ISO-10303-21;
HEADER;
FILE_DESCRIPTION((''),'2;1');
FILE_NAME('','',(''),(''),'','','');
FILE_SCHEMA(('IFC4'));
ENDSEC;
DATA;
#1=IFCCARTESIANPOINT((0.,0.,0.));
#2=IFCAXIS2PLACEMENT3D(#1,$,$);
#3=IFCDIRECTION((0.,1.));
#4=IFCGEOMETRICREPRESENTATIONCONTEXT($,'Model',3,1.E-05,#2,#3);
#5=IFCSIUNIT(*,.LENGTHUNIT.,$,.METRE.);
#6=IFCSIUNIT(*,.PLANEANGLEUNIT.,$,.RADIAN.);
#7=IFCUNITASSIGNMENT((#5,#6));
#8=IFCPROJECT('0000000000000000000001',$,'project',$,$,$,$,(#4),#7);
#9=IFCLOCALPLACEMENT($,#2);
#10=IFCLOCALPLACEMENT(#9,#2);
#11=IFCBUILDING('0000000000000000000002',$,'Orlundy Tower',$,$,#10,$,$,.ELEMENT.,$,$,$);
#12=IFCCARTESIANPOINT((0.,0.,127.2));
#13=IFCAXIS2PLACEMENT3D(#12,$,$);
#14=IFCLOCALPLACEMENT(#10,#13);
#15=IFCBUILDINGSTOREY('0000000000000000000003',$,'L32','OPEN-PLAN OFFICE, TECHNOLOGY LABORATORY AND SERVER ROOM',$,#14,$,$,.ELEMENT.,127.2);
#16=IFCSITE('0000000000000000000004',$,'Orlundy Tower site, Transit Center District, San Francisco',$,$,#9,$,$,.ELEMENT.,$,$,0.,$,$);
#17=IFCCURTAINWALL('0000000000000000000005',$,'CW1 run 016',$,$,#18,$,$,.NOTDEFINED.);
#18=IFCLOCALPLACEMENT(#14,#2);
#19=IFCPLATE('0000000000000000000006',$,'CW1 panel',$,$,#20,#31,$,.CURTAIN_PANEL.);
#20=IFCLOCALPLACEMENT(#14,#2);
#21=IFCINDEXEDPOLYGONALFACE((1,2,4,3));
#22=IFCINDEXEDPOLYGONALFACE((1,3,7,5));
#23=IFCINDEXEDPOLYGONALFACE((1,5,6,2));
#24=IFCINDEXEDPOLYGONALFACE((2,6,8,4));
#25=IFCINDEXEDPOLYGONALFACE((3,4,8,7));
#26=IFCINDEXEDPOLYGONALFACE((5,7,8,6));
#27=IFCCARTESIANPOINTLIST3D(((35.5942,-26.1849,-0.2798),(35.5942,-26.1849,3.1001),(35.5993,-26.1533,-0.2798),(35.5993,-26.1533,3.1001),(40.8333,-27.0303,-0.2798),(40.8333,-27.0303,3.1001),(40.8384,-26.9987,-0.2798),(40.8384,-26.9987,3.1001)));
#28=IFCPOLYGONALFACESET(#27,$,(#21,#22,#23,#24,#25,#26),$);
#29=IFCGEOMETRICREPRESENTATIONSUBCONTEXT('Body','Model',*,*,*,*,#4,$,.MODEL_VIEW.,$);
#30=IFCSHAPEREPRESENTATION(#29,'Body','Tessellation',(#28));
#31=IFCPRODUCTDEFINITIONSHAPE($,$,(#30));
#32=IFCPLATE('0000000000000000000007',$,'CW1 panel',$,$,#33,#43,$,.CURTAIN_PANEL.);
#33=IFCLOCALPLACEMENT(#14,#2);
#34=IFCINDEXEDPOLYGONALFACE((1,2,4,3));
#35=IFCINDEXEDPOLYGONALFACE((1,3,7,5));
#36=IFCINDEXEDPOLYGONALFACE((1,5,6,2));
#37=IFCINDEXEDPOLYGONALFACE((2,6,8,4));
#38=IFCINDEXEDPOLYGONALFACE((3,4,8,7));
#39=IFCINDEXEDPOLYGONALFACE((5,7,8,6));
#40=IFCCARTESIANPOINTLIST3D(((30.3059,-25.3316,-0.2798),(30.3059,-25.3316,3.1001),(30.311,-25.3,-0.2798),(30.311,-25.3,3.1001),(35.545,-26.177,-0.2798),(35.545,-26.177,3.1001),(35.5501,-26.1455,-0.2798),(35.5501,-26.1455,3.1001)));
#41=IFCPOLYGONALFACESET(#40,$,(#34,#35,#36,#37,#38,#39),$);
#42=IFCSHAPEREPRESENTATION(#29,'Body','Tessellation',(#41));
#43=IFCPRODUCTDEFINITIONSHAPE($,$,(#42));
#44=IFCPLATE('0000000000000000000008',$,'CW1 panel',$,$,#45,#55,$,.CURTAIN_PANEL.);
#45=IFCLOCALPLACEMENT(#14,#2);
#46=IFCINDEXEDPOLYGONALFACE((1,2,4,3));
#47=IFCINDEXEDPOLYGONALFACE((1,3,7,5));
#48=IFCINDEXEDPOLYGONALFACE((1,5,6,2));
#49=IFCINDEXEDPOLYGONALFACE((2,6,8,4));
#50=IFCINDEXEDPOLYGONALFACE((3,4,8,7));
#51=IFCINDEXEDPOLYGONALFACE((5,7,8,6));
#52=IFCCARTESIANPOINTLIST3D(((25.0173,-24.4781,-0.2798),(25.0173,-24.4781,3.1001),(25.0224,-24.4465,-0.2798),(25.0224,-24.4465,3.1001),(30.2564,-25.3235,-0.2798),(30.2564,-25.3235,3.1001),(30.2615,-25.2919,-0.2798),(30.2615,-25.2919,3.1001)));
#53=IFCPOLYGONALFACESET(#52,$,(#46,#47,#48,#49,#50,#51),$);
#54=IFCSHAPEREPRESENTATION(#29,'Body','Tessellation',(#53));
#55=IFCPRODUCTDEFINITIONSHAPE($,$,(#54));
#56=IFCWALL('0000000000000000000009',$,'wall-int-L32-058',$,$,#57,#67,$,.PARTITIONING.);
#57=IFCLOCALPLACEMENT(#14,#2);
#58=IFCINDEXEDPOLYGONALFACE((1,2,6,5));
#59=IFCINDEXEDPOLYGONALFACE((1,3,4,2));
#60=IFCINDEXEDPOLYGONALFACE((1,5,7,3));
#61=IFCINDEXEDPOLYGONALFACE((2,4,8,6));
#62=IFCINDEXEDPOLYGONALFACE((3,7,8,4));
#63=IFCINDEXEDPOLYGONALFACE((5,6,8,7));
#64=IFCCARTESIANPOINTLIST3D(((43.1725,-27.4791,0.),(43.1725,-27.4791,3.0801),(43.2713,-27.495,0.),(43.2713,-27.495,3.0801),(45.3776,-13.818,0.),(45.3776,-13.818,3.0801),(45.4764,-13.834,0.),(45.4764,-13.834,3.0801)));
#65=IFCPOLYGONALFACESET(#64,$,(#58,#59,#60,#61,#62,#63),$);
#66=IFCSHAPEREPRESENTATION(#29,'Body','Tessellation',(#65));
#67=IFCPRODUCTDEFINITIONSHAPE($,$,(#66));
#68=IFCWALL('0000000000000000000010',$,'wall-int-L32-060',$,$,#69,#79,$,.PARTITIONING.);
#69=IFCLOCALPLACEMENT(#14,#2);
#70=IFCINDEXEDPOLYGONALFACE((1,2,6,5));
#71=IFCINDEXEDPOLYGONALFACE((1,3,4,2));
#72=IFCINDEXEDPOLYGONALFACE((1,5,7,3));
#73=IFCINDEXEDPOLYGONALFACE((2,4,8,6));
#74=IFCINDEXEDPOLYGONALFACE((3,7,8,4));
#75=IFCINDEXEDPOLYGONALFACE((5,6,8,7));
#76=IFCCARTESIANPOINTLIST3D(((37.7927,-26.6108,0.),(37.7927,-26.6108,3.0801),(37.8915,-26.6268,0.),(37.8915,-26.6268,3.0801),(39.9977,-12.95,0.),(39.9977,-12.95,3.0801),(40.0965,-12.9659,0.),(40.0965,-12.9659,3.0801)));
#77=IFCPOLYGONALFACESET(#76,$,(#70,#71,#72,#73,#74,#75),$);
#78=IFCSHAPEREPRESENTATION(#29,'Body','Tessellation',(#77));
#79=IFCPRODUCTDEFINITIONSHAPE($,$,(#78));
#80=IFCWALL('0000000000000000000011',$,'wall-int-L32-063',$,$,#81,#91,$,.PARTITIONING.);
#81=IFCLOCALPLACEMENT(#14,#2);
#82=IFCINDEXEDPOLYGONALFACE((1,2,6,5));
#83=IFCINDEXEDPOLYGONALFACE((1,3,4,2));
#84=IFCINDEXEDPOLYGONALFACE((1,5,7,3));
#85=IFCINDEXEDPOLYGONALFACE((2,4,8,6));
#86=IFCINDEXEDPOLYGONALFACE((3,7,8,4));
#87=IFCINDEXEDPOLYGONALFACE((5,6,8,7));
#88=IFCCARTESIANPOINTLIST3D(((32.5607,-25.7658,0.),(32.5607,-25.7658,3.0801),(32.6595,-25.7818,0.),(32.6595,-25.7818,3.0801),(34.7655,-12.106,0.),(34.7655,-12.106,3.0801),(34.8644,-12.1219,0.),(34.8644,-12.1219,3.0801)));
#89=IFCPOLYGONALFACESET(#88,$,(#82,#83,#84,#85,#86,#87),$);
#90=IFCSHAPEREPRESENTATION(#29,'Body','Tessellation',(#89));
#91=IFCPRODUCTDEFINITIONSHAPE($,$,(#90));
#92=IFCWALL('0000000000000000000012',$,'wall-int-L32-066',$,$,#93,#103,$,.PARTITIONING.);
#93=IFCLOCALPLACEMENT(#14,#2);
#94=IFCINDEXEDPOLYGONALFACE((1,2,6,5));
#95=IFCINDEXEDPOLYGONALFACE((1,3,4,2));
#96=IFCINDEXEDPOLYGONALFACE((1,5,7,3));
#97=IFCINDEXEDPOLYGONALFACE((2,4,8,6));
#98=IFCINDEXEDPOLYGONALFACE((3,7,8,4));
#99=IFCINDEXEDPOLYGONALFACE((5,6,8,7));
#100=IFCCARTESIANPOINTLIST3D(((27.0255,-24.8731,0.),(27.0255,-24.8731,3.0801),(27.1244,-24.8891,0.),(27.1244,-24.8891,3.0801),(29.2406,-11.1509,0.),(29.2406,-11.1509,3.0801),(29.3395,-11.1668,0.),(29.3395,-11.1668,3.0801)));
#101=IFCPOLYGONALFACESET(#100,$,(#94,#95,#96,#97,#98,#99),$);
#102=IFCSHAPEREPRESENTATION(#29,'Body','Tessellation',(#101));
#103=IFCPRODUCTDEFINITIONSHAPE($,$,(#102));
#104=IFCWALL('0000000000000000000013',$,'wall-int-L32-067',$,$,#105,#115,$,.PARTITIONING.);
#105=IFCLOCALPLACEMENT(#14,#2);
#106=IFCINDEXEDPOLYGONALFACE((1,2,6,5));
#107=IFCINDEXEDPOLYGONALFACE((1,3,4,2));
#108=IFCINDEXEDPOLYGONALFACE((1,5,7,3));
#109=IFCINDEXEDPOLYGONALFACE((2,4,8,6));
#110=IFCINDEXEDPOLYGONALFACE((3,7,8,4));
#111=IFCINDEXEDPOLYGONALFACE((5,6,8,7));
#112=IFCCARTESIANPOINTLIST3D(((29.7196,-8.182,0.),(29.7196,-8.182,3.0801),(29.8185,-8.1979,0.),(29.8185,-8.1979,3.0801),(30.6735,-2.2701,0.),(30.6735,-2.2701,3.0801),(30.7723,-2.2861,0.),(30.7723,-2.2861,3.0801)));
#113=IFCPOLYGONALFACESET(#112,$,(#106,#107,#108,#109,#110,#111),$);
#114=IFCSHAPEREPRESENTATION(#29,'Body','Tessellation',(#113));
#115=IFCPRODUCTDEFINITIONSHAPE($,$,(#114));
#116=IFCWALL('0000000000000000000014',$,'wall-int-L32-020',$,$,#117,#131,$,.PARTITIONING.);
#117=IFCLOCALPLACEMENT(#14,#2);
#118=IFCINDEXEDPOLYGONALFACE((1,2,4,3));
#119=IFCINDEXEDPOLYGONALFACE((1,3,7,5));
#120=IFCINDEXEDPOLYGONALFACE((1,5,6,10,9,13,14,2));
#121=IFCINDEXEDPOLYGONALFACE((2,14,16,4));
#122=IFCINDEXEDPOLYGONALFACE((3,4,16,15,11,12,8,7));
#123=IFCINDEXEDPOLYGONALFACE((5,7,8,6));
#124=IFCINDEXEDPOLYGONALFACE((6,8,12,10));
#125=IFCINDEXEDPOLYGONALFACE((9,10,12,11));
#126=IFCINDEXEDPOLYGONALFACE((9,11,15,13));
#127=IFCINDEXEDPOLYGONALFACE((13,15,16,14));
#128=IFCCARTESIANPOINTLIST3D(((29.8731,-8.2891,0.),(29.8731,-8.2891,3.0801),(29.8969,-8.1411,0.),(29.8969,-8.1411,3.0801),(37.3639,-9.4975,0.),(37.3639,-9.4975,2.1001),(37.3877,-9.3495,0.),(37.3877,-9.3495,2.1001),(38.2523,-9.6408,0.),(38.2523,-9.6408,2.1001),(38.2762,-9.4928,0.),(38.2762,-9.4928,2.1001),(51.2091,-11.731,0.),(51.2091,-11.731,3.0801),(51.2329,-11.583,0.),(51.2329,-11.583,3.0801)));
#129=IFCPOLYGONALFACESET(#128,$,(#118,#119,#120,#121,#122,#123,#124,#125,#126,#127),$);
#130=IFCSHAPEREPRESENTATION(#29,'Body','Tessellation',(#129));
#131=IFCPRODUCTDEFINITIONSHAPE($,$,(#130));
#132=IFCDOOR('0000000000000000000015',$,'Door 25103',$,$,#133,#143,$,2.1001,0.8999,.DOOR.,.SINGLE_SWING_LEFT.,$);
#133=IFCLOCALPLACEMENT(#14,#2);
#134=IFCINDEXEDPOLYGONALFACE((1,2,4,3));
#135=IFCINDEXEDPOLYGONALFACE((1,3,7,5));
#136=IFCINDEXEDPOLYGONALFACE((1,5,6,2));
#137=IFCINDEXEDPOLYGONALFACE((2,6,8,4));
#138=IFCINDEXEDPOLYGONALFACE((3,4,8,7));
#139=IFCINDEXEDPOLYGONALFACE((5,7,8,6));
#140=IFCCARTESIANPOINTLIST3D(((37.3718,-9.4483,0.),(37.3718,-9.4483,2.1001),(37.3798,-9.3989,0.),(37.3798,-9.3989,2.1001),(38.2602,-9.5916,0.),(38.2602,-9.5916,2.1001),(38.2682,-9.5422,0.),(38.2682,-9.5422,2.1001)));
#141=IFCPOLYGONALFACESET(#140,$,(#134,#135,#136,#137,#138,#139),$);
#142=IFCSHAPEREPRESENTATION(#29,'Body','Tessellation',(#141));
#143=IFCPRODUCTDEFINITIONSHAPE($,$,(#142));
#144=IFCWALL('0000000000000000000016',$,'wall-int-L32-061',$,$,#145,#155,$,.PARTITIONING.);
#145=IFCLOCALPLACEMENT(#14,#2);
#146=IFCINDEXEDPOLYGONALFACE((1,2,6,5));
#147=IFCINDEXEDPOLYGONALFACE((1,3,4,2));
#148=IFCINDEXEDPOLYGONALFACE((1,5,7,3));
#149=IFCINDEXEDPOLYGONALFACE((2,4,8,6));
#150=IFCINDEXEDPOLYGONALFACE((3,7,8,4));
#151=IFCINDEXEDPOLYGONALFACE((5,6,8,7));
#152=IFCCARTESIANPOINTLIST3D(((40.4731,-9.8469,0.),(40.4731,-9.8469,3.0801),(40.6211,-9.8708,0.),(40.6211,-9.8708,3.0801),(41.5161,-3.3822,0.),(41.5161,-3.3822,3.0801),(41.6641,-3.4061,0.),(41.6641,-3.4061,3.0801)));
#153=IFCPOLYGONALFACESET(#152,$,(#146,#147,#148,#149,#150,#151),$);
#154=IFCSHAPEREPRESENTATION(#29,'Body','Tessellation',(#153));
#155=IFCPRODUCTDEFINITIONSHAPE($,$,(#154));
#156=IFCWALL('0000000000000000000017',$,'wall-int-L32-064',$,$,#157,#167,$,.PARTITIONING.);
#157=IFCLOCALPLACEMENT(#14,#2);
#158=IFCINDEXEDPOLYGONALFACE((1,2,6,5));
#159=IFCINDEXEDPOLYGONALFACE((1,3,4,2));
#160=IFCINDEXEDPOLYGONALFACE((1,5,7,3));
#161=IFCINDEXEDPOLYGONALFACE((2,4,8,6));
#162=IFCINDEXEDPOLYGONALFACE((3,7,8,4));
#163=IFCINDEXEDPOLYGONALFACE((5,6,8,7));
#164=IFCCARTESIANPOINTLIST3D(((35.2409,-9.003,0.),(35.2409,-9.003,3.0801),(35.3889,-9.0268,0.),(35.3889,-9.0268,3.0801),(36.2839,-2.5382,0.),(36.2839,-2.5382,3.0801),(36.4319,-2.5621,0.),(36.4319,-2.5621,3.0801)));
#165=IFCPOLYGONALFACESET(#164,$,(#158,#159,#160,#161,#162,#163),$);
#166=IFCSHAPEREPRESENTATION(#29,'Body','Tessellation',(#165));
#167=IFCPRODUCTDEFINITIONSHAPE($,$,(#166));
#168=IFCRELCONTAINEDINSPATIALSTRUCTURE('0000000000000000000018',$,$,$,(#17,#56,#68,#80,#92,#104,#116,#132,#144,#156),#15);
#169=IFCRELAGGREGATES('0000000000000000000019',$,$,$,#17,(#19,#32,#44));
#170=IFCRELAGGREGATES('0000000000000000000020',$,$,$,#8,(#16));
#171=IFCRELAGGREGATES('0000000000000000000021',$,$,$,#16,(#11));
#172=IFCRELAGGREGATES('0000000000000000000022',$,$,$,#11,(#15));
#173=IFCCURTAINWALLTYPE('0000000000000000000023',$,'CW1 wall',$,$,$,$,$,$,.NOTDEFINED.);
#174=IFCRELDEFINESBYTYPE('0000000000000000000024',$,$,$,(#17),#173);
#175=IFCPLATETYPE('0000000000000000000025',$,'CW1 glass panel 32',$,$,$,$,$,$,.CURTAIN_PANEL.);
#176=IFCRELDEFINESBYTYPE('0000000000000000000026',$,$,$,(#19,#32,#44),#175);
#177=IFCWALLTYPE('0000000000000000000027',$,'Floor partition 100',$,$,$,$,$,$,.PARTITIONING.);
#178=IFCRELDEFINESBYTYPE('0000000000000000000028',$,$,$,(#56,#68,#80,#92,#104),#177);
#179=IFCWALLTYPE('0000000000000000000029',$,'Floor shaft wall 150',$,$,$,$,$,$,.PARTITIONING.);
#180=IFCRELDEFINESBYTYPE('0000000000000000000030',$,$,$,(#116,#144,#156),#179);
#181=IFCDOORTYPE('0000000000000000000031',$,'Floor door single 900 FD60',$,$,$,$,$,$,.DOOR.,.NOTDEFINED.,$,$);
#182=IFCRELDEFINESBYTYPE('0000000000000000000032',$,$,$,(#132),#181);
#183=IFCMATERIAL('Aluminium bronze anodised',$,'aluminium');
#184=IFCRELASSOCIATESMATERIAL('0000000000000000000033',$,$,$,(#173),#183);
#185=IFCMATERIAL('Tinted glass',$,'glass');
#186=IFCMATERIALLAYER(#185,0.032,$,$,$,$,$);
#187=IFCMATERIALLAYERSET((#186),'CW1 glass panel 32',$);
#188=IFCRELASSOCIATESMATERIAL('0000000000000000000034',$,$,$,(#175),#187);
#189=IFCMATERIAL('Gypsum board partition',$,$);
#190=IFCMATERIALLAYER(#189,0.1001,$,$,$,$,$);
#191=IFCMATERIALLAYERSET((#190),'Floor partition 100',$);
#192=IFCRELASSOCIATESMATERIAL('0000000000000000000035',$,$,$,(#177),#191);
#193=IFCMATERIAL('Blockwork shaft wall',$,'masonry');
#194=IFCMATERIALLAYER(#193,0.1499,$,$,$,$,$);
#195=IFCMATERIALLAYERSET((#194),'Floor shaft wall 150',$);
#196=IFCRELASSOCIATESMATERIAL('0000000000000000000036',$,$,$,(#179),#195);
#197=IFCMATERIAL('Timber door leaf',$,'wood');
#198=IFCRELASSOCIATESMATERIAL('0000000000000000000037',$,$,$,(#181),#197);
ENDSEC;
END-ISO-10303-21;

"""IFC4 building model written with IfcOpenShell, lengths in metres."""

from ifc_helpers import new_model, si_unit, direction, frame, frame_2d, origin, origin_2d, place, context, subcontext, project, spatial, rectangle, extrude, material, layer, layer_set, type_object, element, fill, aggregate, save


model = new_model("IFC4")

# Units and contexts
model_context = context("Model", 3, precision=1e-05, world=origin(), true_north=direction((0.0, 1.0)))
body_context = subcontext(model_context, "Body", "Model", "MODEL_VIEW")
ifc_project = project(units=[si_unit("LENGTHUNIT", "METRE"), si_unit("PLANEANGLEUNIT", "RADIAN")], contexts=[model_context])

# Site, building, storey
site_placement = place(None, origin())
site = spatial("IfcSite", under=ifc_project, at=site_placement, Name="Orlundy Tower site, Transit Center District, San Francisco", CompositionType="ELEMENT", RefElevation=0.0)
building_placement = place(site_placement, origin())
building = spatial("IfcBuilding", under=site, at=building_placement, Name="Orlundy Tower", CompositionType="ELEMENT")
storey_placement = place(building_placement, frame((0.0, 0.0, 127.2)))
storey = spatial("IfcBuildingStorey", under=building, at=storey_placement, Name="L32", Description="OPEN-PLAN OFFICE, TECHNOLOGY LABORATORY AND SERVER ROOM", CompositionType="ELEMENT", Elevation=127.2)

# Curtain wall
ifc_material_1 = material(Name="Aluminium bronze anodised", Category="aluminium")
curtain_wall_type = type_object("IfcCurtainWallType", Name="CW1 wall", PredefinedType="NOTDEFINED", material=ifc_material_1)
curtain_wall_1_placement = place(storey_placement, origin())
curtain_wall_1 = element("IfcCurtainWall", 1, at=curtain_wall_1_placement, inside=storey, type_object=curtain_wall_type, Name="CW1 run 016", PredefinedType="NOTDEFINED")

# Shared definitions
ifc_material_2 = material(Name="Tinted glass", Category="glass")
ifc_layer_1 = layer(ifc_material_2, 0.032)
ifc_layer_set_1 = layer_set([ifc_layer_1], Name="CW1 glass panel 32")
plate_type = type_object("IfcPlateType", Name="CW1 glass panel 32", PredefinedType="CURTAIN_PANEL", material=ifc_layer_set_1)

# Plates
plate_1_placement = place(storey_placement, frame((38.2163, -26.5918, -0.2798), z_axis=(0.0, 0.0, 1.0), x_axis=(-0.987228, 0.159311, 0.0)))
plate_1 = element("IfcPlate", 2, at=plate_1_placement, type_object=plate_type, Name="CW1 panel", PredefinedType="CURTAIN_PANEL", context=body_context, shape_type="SweptSolid", body=[
    extrude(rectangle(XDim=5.3069, YDim=0.032, at=origin_2d()), origin(), (0.0, 0.0, 1.0), 3.3799),
])
plate_2_placement = place(storey_placement, frame((32.928, -25.7385, -0.2798), z_axis=(0.0, 0.0, 1.0), x_axis=(-0.987228, 0.159311, 0.0)))
plate_2 = element("IfcPlate", 3, at=plate_2_placement, type_object=plate_type, Name="CW1 panel", PredefinedType="CURTAIN_PANEL", context=body_context, shape_type="SweptSolid", body=[
    extrude(rectangle(XDim=5.3069, YDim=0.032, at=origin_2d()), origin(), (0.0, 0.0, 1.0), 3.3799),
])
plate_3_placement = place(storey_placement, frame((27.6394, -24.885, -0.2798), z_axis=(0.0, 0.0, 1.0), x_axis=(-0.987228, 0.159311, 0.0)))
plate_3 = element("IfcPlate", 4, at=plate_3_placement, type_object=plate_type, Name="CW1 panel", PredefinedType="CURTAIN_PANEL", context=body_context, shape_type="SweptSolid", body=[
    extrude(rectangle(XDim=5.3069, YDim=0.032, at=origin_2d()), origin(), (0.0, 0.0, 1.0), 3.3799),
])
aggregate(curtain_wall_1, [plate_1, plate_2, plate_3])

# Walls
ifc_material_3 = material(Name="Gypsum board partition")
ifc_layer_2 = layer(ifc_material_3, 0.1001)
ifc_layer_set_2 = layer_set([ifc_layer_2], Name="Floor partition 100")
wall_type_1 = type_object("IfcWallType", Name="Floor partition 100", PredefinedType="PARTITIONING", material=ifc_layer_set_2)
wall_1_placement = place(storey_placement, frame((43.2219, -27.4871, 0.0), z_axis=(0.0, 0.0, 1.0), x_axis=(0.15935, 0.987222, 0.0)))
element("IfcWall", 5, at=wall_1_placement, inside=storey, type_object=wall_type_1, Name="wall-int-L32-058", PredefinedType="PARTITIONING", context=body_context, shape_type="SweptSolid", body=[
    extrude(rectangle(XDim=13.8379, YDim=0.1001, at=frame_2d((6.9189, 0.0))), origin(), (0.0, 0.0, 1.0), 3.0801),
])
wall_2_placement = place(storey_placement, frame((37.842, -26.6189, 0.0), z_axis=(0.0, 0.0, 1.0), x_axis=(0.159353, 0.987222, 0.0)))
element("IfcWall", 6, at=wall_2_placement, inside=storey, type_object=wall_type_1, Name="wall-int-L32-060", PredefinedType="PARTITIONING", context=body_context, shape_type="SweptSolid", body=[
    extrude(rectangle(XDim=13.8376, YDim=0.1001, at=frame_2d((6.9189, 0.0))), origin(), (0.0, 0.0, 1.0), 3.0801),
])
wall_3_placement = place(storey_placement, frame((32.6101, -25.7739, 0.0), z_axis=(0.0, 0.0, 1.0), x_axis=(0.159347, 0.987223, 0.0)))
element("IfcWall", 7, at=wall_3_placement, inside=storey, type_object=wall_type_1, Name="wall-int-L32-063", PredefinedType="PARTITIONING", context=body_context, shape_type="SweptSolid", body=[
    extrude(rectangle(XDim=13.8367, YDim=0.1001, at=frame_2d((6.9185, 0.0))), origin(), (0.0, 0.0, 1.0), 3.0801),
])
wall_4_placement = place(storey_placement, frame((27.075, -24.8811, 0.0), z_axis=(0.0, 0.0, 1.0), x_axis=(0.159361, 0.98722, 0.0)))
element("IfcWall", 8, at=wall_4_placement, inside=storey, type_object=wall_type_1, Name="wall-int-L32-066", PredefinedType="PARTITIONING", context=body_context, shape_type="SweptSolid", body=[
    extrude(rectangle(XDim=13.8999, YDim=0.1001, at=frame_2d((6.95, 0.0))), origin(), (0.0, 0.0, 1.0), 3.0801),
])
wall_5_placement = place(storey_placement, frame((29.769, -8.1899, 0.0), z_axis=(0.0, 0.0, 1.0), x_axis=(0.159286, 0.987232, 0.0)))
element("IfcWall", 9, at=wall_5_placement, inside=storey, type_object=wall_type_1, Name="wall-int-L32-067", PredefinedType="PARTITIONING", context=body_context, shape_type="SweptSolid", body=[
    extrude(rectangle(XDim=5.9883, YDim=0.1001, at=frame_2d((2.9941, 0.0))), origin(), (0.0, 0.0, 1.0), 3.0801),
])

# Wall, opening, door
ifc_material_4 = material(Name="Blockwork shaft wall", Category="masonry")
ifc_layer_3 = layer(ifc_material_4, 0.1499)
ifc_layer_set_3 = layer_set([ifc_layer_3], Name="Floor shaft wall 150")
wall_type_2 = type_object("IfcWallType", Name="Floor shaft wall 150", PredefinedType="PARTITIONING", material=ifc_layer_set_3)
wall_6_placement = place(storey_placement, frame((29.885, -8.2151, 0.0), z_axis=(0.0, 0.0, 1.0), x_axis=(0.987237, -0.15926, 0.0)))
wall_6 = element("IfcWall", 10, at=wall_6_placement, inside=storey, type_object=wall_type_2, Name="wall-int-L32-020", PredefinedType="PARTITIONING", context=body_context, shape_type="SweptSolid", body=[
    extrude(rectangle(XDim=21.6118, YDim=0.1499, at=frame_2d((10.8059, 0.0))), origin(), (0.0, 0.0, 1.0), 3.0801),
])
opening_placement = place(wall_6_placement, frame((7.5876, 0.0, 0.0)))
opening = element("IfcOpeningElement", 11, at=opening_placement, cuts=wall_6, PredefinedType="OPENING", context=body_context, shape_type="SweptSolid", body=[
    extrude(rectangle(XDim=0.8999, YDim=2.1001, at=frame_2d((0.45, 1.05))), frame((0.0, 0.085, 0.0), z_axis=(0.0, -1.0, 0.0), x_axis=(1.0, 0.0, 0.0)), (0.0, 0.0, 1.0), 0.1699),
])
ifc_material_5 = material(Name="Timber door leaf", Category="wood")
door_type = type_object("IfcDoorType", Name="Floor door single 900 FD60", OperationType="NOTDEFINED", PredefinedType="DOOR", material=ifc_material_5)
door_placement = place(opening_placement, origin())
door = element("IfcDoor", 12, at=door_placement, inside=storey, type_object=door_type, Name="Door 25103", OperationType="SINGLE_SWING_LEFT", OverallHeight=2.1001, OverallWidth=0.8999, PredefinedType="DOOR", context=body_context, shape_type="SweptSolid", body=[
    extrude(rectangle(XDim=0.8999, YDim=2.1001, at=frame_2d((0.45, 1.05))), frame((0.0, 0.0249, 0.0), z_axis=(0.0, -1.0, 0.0), x_axis=(1.0, 0.0, 0.0)), (0.0, 0.0, 1.0), 0.05),
])
fill(opening, door)

# Walls
for number, where, z_axis, x_axis, name in (
    (13, (40.5471, -9.8589, 0.0), (0.0, 0.0, 1.0), (0.15927, 0.987235, 0.0), "wall-int-L32-061"),
    (14, (35.3149, -9.0149, 0.0), (0.0, 0.0, 1.0), (0.15927, 0.987235, 0.0), "wall-int-L32-064"),
):
    element("IfcWall", number, at=place(storey_placement, frame(where, z_axis=z_axis, x_axis=x_axis)), inside=storey, type_object=wall_type_2, Name=name, PredefinedType="PARTITIONING", context=body_context, shape_type="SweptSolid", body=[
        extrude(rectangle(XDim=6.5483, YDim=0.1499, at=frame_2d((3.2742, 0.0))), origin(), (0.0, 0.0, 1.0), 3.0801),
    ])

save(model, "model.ifc")
